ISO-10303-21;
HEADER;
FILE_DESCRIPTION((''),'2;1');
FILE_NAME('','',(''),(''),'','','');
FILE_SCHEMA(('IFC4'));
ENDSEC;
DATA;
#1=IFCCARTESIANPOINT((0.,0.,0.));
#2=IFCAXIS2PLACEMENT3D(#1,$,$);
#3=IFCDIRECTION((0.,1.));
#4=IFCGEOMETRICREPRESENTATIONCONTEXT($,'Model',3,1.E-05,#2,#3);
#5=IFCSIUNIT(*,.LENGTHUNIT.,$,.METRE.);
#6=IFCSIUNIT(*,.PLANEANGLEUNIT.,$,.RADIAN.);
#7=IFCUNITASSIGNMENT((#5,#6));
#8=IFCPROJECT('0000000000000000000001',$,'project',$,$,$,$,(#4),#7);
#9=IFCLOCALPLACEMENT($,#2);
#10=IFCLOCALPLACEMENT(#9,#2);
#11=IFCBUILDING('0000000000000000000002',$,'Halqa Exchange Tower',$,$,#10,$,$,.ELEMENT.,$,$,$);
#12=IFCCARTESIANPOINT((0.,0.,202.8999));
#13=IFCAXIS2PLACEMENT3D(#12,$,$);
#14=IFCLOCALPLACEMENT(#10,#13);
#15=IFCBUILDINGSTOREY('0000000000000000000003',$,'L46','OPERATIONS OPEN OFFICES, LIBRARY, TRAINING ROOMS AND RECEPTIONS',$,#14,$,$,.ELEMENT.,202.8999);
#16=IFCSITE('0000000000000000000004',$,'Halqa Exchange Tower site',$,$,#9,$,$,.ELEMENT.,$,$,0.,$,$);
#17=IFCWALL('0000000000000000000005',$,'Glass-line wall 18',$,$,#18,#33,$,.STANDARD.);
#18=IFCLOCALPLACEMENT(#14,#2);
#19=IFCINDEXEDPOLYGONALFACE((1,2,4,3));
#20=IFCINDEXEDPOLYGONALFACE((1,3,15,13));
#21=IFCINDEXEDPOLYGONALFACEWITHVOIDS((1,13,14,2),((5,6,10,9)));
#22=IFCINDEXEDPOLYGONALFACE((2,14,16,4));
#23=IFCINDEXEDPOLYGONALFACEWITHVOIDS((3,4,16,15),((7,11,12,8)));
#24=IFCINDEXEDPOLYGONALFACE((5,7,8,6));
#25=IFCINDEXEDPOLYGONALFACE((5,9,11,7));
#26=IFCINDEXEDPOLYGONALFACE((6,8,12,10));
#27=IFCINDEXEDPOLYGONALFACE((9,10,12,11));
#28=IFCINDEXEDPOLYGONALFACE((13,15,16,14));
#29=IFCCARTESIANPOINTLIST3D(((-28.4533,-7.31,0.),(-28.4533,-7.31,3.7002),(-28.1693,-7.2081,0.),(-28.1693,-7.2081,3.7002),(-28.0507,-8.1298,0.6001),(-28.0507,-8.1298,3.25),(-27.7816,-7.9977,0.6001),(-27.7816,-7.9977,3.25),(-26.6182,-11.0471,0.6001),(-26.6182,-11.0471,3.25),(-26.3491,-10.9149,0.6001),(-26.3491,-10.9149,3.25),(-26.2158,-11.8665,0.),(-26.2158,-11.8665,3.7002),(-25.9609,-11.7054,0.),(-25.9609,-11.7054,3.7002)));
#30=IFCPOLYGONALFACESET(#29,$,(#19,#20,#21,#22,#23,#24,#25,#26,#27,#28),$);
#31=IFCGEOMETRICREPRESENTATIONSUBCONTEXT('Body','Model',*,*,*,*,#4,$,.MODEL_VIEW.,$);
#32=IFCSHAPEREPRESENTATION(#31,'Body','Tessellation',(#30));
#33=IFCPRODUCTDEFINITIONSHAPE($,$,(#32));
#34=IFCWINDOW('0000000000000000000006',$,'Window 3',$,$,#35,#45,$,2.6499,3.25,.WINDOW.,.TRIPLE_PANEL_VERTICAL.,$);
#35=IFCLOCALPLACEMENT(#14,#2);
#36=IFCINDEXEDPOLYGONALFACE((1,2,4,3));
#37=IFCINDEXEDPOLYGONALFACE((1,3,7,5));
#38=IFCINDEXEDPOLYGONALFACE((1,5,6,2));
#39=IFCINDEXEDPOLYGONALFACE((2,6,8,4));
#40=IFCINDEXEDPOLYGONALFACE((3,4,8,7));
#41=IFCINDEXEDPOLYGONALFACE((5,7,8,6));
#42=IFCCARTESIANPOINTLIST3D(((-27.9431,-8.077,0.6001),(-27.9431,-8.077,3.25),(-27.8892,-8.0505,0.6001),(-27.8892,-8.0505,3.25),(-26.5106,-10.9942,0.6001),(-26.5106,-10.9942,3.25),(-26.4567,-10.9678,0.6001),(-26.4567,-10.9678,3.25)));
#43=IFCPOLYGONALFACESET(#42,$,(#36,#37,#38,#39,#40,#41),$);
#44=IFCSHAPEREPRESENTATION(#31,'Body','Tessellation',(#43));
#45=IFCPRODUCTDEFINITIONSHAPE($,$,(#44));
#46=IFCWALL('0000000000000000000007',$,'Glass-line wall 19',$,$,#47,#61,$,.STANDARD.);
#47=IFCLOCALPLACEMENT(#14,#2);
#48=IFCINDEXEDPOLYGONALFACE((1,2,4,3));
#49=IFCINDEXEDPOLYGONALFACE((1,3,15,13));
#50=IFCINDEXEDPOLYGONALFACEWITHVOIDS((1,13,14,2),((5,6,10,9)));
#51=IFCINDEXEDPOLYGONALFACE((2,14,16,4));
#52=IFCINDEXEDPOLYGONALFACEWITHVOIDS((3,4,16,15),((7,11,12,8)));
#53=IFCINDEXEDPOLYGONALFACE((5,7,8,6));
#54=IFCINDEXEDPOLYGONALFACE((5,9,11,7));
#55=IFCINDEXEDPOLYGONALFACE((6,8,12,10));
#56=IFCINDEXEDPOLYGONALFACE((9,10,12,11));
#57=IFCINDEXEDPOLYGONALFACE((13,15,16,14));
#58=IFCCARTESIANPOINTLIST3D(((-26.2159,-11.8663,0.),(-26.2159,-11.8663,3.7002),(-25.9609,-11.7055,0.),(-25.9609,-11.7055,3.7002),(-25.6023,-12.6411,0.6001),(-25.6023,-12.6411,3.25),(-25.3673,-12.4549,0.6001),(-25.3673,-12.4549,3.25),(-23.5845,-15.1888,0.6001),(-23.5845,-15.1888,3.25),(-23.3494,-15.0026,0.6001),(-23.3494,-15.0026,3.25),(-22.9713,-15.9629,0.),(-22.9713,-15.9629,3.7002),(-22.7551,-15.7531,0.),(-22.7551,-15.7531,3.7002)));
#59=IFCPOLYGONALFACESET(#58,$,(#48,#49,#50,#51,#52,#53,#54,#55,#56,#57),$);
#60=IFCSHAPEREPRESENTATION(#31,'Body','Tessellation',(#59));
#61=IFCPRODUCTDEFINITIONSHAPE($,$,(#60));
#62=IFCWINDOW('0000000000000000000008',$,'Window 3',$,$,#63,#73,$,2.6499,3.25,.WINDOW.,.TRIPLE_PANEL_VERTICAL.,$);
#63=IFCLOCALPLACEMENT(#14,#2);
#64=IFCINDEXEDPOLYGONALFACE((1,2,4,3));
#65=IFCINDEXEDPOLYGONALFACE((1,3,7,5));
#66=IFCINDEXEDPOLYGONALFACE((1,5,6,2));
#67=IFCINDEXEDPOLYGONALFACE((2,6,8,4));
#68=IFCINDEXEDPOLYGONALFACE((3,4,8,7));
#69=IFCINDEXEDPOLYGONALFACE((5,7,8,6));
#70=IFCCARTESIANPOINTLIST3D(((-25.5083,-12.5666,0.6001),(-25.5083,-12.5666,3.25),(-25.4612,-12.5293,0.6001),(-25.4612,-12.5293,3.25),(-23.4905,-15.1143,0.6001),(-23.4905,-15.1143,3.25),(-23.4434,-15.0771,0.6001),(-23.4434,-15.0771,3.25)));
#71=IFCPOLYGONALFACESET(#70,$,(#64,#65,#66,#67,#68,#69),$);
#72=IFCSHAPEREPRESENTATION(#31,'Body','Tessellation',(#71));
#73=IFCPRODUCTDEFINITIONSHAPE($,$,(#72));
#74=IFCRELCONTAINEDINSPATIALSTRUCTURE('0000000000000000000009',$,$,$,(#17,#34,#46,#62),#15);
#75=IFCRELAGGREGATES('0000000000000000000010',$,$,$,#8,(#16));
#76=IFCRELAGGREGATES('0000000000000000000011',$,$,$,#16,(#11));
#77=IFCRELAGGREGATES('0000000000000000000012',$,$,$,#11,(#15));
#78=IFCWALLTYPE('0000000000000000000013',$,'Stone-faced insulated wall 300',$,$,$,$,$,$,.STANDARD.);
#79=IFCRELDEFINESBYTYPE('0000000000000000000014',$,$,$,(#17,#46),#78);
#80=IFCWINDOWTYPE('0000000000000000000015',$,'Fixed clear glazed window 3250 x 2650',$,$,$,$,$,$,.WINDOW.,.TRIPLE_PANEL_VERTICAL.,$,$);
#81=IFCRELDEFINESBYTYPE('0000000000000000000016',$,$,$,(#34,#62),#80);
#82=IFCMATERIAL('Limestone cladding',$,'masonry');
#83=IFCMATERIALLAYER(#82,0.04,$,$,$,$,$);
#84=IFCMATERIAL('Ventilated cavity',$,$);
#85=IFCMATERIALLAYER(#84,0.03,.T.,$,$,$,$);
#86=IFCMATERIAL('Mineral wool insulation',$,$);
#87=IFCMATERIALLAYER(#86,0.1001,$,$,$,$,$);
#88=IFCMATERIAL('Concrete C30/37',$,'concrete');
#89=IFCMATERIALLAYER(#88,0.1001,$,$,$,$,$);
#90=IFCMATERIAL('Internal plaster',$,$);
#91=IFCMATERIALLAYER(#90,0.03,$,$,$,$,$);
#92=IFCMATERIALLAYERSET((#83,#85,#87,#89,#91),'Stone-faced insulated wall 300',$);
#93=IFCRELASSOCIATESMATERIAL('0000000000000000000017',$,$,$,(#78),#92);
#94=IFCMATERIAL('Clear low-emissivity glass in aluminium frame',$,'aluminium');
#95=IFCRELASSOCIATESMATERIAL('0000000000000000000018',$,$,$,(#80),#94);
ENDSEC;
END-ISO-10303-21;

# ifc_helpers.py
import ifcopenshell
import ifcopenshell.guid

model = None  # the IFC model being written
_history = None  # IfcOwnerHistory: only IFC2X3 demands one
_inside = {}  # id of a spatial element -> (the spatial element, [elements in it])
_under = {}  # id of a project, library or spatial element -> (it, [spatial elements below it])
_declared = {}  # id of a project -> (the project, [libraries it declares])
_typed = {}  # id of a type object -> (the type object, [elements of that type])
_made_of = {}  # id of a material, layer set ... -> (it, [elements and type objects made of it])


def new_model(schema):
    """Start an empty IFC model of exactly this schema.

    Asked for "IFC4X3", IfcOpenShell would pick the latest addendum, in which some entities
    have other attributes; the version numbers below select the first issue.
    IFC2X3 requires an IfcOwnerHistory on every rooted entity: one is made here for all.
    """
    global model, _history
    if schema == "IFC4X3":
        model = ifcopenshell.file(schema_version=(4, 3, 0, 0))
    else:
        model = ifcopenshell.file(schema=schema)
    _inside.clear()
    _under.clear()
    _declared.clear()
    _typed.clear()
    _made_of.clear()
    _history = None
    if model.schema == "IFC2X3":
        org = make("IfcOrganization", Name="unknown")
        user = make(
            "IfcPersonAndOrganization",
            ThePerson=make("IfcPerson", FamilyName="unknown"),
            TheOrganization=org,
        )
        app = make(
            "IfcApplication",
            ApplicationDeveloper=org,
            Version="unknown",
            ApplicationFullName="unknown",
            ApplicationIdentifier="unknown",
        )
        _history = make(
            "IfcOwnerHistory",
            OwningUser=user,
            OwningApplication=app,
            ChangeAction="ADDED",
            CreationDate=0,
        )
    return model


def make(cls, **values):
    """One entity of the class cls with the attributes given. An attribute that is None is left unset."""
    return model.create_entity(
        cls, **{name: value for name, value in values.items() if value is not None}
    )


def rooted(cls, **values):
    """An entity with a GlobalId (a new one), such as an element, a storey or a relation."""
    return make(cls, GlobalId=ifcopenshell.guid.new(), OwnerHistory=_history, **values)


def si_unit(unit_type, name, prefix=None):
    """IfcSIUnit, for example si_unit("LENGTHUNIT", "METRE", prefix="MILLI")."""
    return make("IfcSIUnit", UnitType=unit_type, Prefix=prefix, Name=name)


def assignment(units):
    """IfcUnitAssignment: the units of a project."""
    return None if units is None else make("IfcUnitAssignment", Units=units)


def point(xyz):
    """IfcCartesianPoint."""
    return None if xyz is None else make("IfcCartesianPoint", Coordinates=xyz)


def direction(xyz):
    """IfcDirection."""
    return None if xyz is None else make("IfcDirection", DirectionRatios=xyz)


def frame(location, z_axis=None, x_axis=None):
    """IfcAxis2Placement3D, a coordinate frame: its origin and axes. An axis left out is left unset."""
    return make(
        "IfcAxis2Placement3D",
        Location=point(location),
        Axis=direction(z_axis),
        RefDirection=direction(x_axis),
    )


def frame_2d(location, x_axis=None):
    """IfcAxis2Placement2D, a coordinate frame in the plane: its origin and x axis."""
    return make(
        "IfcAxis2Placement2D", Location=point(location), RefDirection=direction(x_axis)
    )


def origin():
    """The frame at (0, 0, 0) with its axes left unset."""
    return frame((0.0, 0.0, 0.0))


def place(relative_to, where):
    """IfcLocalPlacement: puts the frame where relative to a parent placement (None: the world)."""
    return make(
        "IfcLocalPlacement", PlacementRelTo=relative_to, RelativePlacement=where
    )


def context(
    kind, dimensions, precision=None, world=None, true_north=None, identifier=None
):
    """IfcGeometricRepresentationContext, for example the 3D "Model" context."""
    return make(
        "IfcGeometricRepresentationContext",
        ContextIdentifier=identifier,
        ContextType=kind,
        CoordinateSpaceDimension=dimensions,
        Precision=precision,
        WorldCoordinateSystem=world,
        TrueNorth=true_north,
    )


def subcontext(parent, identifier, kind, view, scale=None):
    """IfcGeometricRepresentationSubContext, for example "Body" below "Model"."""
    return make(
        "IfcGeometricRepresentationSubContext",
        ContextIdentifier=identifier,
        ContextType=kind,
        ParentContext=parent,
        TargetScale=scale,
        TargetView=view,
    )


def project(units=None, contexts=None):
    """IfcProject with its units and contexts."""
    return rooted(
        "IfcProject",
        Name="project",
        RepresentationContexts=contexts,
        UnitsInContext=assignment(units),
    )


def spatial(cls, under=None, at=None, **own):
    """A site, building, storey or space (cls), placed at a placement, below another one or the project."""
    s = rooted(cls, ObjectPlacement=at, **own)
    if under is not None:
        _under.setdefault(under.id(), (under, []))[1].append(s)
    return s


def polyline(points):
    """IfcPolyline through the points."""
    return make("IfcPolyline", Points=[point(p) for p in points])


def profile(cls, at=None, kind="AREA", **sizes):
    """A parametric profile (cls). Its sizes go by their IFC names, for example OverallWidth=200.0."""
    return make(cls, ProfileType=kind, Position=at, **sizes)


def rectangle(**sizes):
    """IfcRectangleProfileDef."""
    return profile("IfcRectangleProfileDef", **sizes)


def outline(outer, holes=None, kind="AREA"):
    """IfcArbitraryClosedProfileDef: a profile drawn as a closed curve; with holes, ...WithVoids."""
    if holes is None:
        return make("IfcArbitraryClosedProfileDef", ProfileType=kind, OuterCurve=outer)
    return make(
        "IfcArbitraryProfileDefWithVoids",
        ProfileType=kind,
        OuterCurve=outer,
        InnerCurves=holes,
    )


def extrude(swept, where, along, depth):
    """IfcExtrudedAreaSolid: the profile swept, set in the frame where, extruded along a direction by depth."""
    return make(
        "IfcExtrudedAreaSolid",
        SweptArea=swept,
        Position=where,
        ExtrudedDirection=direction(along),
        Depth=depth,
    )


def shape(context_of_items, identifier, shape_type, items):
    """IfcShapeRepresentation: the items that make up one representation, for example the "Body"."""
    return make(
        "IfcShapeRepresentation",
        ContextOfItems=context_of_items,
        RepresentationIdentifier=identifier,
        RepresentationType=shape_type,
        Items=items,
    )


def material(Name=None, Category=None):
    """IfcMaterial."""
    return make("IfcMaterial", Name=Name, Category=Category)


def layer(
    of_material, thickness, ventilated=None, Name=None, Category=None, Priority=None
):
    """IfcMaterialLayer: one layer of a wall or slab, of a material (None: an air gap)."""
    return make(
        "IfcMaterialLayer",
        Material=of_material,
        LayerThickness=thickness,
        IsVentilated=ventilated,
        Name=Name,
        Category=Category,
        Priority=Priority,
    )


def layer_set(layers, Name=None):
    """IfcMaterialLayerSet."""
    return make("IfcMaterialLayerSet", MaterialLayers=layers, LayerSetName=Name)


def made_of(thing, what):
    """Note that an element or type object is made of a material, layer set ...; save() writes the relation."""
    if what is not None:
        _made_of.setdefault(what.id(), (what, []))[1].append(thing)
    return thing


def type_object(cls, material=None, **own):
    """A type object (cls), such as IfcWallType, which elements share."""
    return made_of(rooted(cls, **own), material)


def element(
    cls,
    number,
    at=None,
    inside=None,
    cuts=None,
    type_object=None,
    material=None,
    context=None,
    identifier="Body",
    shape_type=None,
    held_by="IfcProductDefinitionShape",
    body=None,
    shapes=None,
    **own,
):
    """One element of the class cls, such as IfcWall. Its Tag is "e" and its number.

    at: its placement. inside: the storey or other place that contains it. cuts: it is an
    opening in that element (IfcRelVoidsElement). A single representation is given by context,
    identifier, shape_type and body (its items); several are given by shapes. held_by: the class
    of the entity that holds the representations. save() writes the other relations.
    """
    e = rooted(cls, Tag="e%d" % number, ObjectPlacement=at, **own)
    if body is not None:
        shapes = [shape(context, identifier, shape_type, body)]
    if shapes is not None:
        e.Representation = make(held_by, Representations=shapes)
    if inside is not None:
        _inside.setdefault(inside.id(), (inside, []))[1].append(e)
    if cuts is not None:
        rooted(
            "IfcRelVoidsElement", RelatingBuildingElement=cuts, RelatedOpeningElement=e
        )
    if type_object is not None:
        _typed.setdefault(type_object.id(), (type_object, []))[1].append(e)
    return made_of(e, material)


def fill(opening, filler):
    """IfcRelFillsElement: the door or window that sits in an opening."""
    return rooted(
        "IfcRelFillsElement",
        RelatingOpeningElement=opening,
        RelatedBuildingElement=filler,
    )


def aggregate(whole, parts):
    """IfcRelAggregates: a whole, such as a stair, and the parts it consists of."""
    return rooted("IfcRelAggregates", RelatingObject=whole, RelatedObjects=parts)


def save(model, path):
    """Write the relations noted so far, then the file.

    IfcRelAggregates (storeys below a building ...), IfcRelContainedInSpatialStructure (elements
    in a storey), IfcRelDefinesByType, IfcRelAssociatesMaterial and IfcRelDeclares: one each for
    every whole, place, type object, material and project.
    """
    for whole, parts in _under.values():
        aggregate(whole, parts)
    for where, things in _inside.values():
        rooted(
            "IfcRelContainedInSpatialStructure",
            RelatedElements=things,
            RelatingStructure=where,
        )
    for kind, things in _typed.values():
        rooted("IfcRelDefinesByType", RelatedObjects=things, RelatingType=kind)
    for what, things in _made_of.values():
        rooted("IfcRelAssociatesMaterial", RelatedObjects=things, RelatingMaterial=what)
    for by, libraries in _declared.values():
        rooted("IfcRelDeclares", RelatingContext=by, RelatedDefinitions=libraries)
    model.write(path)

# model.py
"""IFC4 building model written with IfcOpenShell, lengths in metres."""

from ifc_helpers import new_model, si_unit, direction, frame, frame_2d, origin, place, context, subcontext, project, spatial, polyline, rectangle, outline, extrude, material, layer, layer_set, type_object, element, fill, save


model = new_model("IFC4")

# Units and contexts
model_context = context("Model", 3, precision=1e-05, world=origin(), true_north=direction((0.0, 1.0)))
body_context = subcontext(model_context, "Body", "Model", "MODEL_VIEW")
ifc_project = project(units=[si_unit("LENGTHUNIT", "METRE"), si_unit("PLANEANGLEUNIT", "RADIAN")], contexts=[model_context])

# Site, building, storey
site_placement = place(None, origin())
site = spatial("IfcSite", under=ifc_project, at=site_placement, Name="Halqa Exchange Tower site", CompositionType="ELEMENT", RefElevation=0.0)
building_placement = place(site_placement, origin())
building = spatial("IfcBuilding", under=site, at=building_placement, Name="Halqa Exchange Tower", CompositionType="ELEMENT")
storey_placement = place(building_placement, frame((0.0, 0.0, 202.8999)))
storey = spatial("IfcBuildingStorey", under=building, at=storey_placement, Name="L46", Description="OPERATIONS OPEN OFFICES, LIBRARY, TRAINING ROOMS AND RECEPTIONS", CompositionType="ELEMENT", Elevation=202.8999)

# Walls, openings, windows
ifc_material_1 = material(Name="Limestone cladding", Category="masonry")
ifc_layer_1 = layer(ifc_material_1, 0.04)
ifc_material_2 = material(Name="Ventilated cavity")
ifc_layer_2 = layer(ifc_material_2, 0.03, ventilated=True)
ifc_material_3 = material(Name="Mineral wool insulation")
ifc_layer_3 = layer(ifc_material_3, 0.1001)
ifc_material_4 = material(Name="Concrete C30/37", Category="concrete")
ifc_layer_4 = layer(ifc_material_4, 0.1001)
ifc_material_5 = material(Name="Internal plaster")
ifc_layer_5 = layer(ifc_material_5, 0.03)
ifc_layer_set_1 = layer_set([ifc_layer_1, ifc_layer_2, ifc_layer_3, ifc_layer_4, ifc_layer_5], Name="Stone-faced insulated wall 300")
wall_type_1 = type_object("IfcWallType", Name="Stone-faced insulated wall 300", PredefinedType="STANDARD", material=ifc_layer_set_1)
ifc_material_6 = material(Name="Clear low-emissivity glass in aluminium frame", Category="aluminium")
window_type = type_object("IfcWindowType", Name="Fixed clear glazed window 3250 x 2650", PartitioningType="TRIPLE_PANEL_VERTICAL", PredefinedType="WINDOW", material=ifc_material_6)
wall_1_placement = place(storey_placement, frame((-28.3113, -7.259, 0.0), z_axis=(0.0, 0.0, 1.0), x_axis=(0.440773, -0.897619, 0.0)))
wall_1 = element("IfcWall", 1, at=wall_1_placement, inside=storey, type_object=wall_type_1, Name="Glass-line wall 18", PredefinedType="STANDARD", context=body_context, shape_type="SweptSolid", body=[
    extrude(outline(polyline([(-0.0168, -0.1499), (5.0593, -0.1499), (5.0271, 0.1499), (0.0168, 0.1499), (-0.0168, -0.1499)])), origin(), (0.0, 0.0, 1.0), 3.7002),
])
opening_1_placement = place(wall_1_placement, frame((0.8965, 0.0, 0.6001)))
opening_1 = element("IfcOpeningElement", 2, at=opening_1_placement, cuts=wall_1, PredefinedType="OPENING", context=body_context, shape_type="SweptSolid", body=[
    extrude(rectangle(XDim=3.25, YDim=2.6499, at=frame_2d((1.625, 1.325))), frame((0.0, 0.1621, 0.0), z_axis=(0.0, -1.0, 0.0), x_axis=(1.0, 0.0, 0.0)), (0.0, 0.0, 1.0), 0.324),
])
window_1_placement = place(opening_1_placement, origin())
window_1 = element("IfcWindow", 3, at=window_1_placement, inside=storey, type_object=window_type, Name="Window 3", OverallHeight=2.6499, OverallWidth=3.25, PartitioningType="TRIPLE_PANEL_VERTICAL", PredefinedType="WINDOW", context=body_context, shape_type="SweptSolid", body=[
    extrude(rectangle(XDim=3.25, YDim=2.6499, at=frame_2d((1.625, 1.325))), frame((0.0, 0.03, 0.0), z_axis=(0.0, -1.0, 0.0), x_axis=(1.0, 0.0, 0.0)), (0.0, 0.0, 1.0), 0.0601),
])
fill(opening_1, window_1)
wall_2_placement = place(storey_placement, frame((-26.0884, -11.7859, 0.0), z_axis=(0.0, 0.0, 1.0), x_axis=(0.62087, -0.783913, 0.0)))
wall_2 = element("IfcWall", 4, at=wall_2_placement, inside=storey, type_object=wall_type_1, Name="Glass-line wall 19", PredefinedType="STANDARD", context=body_context, shape_type="SweptSolid", body=[
    extrude(outline(polyline([(-0.0161, -0.1499), (5.2097, -0.1499), (5.1794, 0.1499), (0.0161, 0.1499), (-0.0161, -0.1499)])), origin(), (0.0, 0.0, 1.0), 3.7002),
])
opening_2_placement = place(wall_2_placement, frame((0.9722, 0.0, 0.6001)))
opening_2 = element("IfcOpeningElement", 5, at=opening_2_placement, cuts=wall_2, PredefinedType="OPENING", context=body_context, shape_type="SweptSolid", body=[
    extrude(rectangle(XDim=3.25, YDim=2.6499, at=frame_2d((1.625, 1.325))), frame((0.0, 0.1621, 0.0), z_axis=(0.0, -1.0, 0.0), x_axis=(1.0, 0.0, 0.0)), (0.0, 0.0, 1.0), 0.324),
])
window_2_placement = place(opening_2_placement, origin())
window_2 = element("IfcWindow", 6, at=window_2_placement, inside=storey, type_object=window_type, Name="Window 3", OverallHeight=2.6499, OverallWidth=3.25, PartitioningType="TRIPLE_PANEL_VERTICAL", PredefinedType="WINDOW", context=body_context, shape_type="SweptSolid", body=[
    extrude(rectangle(XDim=3.25, YDim=2.6499, at=frame_2d((1.625, 1.325))), frame((0.0, 0.03, 0.0), z_axis=(0.0, -1.0, 0.0), x_axis=(1.0, 0.0, 0.0)), (0.0, 0.0, 1.0), 0.0601),
])
fill(opening_2, window_2)

save(model, "model.ifc")
